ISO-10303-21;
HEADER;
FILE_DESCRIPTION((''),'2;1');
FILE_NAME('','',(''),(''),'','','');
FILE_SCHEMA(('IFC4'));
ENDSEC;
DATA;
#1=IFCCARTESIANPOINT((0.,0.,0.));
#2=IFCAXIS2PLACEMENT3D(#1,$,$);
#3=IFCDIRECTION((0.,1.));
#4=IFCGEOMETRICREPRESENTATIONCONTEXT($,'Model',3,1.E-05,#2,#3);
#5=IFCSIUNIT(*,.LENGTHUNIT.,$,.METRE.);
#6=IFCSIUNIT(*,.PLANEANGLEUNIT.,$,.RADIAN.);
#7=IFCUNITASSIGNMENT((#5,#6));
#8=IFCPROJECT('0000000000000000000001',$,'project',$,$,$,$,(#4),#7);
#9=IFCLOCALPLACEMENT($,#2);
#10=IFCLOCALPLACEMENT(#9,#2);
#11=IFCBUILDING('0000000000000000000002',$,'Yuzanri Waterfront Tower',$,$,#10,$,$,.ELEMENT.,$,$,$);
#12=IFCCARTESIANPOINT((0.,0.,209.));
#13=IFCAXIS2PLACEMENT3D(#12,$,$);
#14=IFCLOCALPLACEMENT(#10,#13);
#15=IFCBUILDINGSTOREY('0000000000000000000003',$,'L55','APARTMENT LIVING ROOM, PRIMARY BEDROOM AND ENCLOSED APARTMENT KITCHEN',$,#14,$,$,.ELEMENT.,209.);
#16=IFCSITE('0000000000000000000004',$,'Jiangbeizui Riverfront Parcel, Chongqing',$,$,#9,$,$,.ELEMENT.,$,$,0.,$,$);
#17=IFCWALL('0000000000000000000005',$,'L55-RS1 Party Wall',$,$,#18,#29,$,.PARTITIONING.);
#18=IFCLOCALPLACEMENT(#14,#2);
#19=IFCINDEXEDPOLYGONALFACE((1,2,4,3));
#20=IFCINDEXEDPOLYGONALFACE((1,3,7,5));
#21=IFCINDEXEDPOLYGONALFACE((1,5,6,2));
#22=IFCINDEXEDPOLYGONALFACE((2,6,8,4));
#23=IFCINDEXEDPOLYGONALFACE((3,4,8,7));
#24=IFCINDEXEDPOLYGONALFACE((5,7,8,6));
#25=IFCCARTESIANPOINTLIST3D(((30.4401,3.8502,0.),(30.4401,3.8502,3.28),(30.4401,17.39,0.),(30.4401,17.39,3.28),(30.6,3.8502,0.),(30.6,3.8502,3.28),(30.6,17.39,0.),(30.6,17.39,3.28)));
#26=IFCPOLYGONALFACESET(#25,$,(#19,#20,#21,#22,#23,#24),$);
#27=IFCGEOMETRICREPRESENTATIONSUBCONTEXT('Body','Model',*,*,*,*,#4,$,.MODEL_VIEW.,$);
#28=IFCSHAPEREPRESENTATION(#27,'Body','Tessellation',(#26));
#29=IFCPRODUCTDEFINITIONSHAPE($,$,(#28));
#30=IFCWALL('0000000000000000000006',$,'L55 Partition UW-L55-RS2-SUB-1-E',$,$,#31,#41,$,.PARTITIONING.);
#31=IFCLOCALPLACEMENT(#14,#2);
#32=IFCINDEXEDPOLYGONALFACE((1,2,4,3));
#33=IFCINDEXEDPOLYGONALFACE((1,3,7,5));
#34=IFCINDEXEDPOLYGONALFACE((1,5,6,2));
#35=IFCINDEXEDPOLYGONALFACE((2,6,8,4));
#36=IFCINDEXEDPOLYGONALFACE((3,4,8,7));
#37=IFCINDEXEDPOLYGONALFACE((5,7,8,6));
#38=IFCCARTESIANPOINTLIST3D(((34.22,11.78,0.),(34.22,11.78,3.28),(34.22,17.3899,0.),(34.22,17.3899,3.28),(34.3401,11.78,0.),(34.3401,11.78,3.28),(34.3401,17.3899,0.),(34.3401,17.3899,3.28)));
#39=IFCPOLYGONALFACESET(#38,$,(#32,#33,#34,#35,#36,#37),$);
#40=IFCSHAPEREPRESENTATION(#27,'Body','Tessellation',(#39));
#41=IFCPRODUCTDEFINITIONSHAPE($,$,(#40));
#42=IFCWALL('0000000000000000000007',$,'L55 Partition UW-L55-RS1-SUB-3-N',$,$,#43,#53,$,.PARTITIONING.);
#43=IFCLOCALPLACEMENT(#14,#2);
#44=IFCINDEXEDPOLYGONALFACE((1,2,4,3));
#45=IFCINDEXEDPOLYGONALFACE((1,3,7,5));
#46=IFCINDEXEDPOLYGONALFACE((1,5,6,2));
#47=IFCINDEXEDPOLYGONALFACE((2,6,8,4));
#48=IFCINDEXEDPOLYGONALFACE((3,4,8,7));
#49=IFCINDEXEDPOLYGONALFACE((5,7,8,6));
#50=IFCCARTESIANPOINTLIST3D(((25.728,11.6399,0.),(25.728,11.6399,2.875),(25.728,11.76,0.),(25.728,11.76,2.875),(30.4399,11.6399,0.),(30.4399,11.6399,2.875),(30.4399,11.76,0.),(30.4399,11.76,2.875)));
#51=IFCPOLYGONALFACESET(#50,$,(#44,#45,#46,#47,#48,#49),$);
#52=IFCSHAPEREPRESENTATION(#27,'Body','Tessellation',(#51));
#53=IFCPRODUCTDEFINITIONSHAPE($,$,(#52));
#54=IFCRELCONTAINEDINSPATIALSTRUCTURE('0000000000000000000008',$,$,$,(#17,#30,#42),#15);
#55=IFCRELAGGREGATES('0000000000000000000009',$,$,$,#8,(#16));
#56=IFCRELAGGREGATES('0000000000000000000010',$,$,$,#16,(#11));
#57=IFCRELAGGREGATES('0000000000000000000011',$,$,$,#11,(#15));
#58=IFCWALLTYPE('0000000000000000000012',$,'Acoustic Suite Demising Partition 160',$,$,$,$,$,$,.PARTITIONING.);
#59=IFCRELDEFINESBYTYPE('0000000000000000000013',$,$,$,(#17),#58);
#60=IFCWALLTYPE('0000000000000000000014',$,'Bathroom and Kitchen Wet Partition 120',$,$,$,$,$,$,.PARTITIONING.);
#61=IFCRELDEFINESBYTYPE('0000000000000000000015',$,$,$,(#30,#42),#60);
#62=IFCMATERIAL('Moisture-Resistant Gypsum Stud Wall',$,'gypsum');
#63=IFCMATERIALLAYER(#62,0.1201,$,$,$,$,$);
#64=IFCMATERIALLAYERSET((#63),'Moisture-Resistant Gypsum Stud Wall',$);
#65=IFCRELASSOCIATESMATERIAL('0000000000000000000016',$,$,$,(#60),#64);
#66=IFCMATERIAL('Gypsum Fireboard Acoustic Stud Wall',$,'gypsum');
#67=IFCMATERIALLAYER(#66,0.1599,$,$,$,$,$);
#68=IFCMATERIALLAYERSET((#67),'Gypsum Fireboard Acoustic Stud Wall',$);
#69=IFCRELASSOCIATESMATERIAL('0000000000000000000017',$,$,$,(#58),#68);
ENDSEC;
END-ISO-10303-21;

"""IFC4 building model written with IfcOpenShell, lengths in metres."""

from ifc_helpers import new_model, si_unit, direction, frame, frame_2d, origin, place, context, subcontext, project, spatial, rectangle, extrude, source, transform, mapped, material, layer, layer_set, type_object, element, save


model = new_model("IFC4")

# Units and contexts
model_context = context("Model", 3, precision=1e-05, world=origin(), true_north=direction((0.0, 1.0)))
body_context = subcontext(model_context, "Body", "Model", "MODEL_VIEW")
ifc_project = project(units=[si_unit("LENGTHUNIT", "METRE"), si_unit("PLANEANGLEUNIT", "RADIAN")], contexts=[model_context])

# Site, building, storey
site_placement = place(None, origin())
site = spatial("IfcSite", under=ifc_project, at=site_placement, Name="Jiangbeizui Riverfront Parcel, Chongqing", CompositionType="ELEMENT", RefElevation=0.0)
building_placement = place(site_placement, origin())
building = spatial("IfcBuilding", under=site, at=building_placement, Name="Yuzanri Waterfront Tower", CompositionType="ELEMENT")
storey_placement = place(building_placement, frame((0.0, 0.0, 209.0)))
storey = spatial("IfcBuildingStorey", under=building, at=storey_placement, Name="L55", Description="APARTMENT LIVING ROOM, PRIMARY BEDROOM AND ENCLOSED APARTMENT KITCHEN", CompositionType="ELEMENT", Elevation=209.0)

# Shared definitions
ifc_material_1 = material(Name="Moisture-Resistant Gypsum Stud Wall", Category="gypsum")
ifc_layer_1 = layer(ifc_material_1, 0.1201)
ifc_layer_set_1 = layer_set([ifc_layer_1], Name="Moisture-Resistant Gypsum Stud Wall")
wall_type_1 = type_object("IfcWallType", Name="Bathroom and Kitchen Wet Partition 120", PredefinedType="PARTITIONING", material=ifc_layer_set_1)

# Walls
ifc_material_2 = material(Name="Gypsum Fireboard Acoustic Stud Wall", Category="gypsum")
ifc_layer_2 = layer(ifc_material_2, 0.1599)
ifc_layer_set_2 = layer_set([ifc_layer_2], Name="Gypsum Fireboard Acoustic Stud Wall")
wall_type_2 = type_object("IfcWallType", Name="Acoustic Suite Demising Partition 160", PredefinedType="PARTITIONING", material=ifc_layer_set_2)
shared_shape_1 = source(origin(), body_context, "Body", "SweptSolid", [
    extrude(rectangle(XDim=13.5398, YDim=0.1599, at=frame_2d((6.77, 0.0))), origin(), (0.0, 0.0, 1.0), 3.28),
])
wall_1_placement = place(storey_placement, frame((30.52, 3.8501, 0.0), z_axis=(0.0, 0.0, 1.0), x_axis=(0.0, 1.0, 0.0)))
element("IfcWall", 1, at=wall_1_placement, inside=storey, type_object=wall_type_2, Name="L55-RS1 Party Wall", PredefinedType="PARTITIONING", context=body_context, shape_type="MappedRepresentation", body=[
    mapped(shared_shape_1, transform((0.0, 0.0, 0.0), scale=1.0)),
])
shared_shape_2 = source(origin(), body_context, "Body", "SweptSolid", [
    extrude(rectangle(XDim=5.6099, YDim=0.1201, at=frame_2d((2.8049, 0.0))), origin(), (0.0, 0.0, 1.0), 3.28),
])
wall_2_placement = place(storey_placement, frame((34.28, 11.78, 0.0), z_axis=(0.0, 0.0, 1.0), x_axis=(0.0, 1.0, 0.0)))
element("IfcWall", 2, at=wall_2_placement, inside=storey, type_object=wall_type_1, Name="L55 Partition UW-L55-RS2-SUB-1-E", PredefinedType="PARTITIONING", context=body_context, shape_type="MappedRepresentation", body=[
    mapped(shared_shape_2, transform((0.0, 0.0, 0.0), scale=1.0)),
])
shared_shape_3 = source(origin(), body_context, "Body", "SweptSolid", [
    extrude(rectangle(XDim=4.7119, YDim=0.1201, at=frame_2d((2.356, 0.0))), origin(), (0.0, 0.0, 1.0), 2.875),
])
wall_3_placement = place(storey_placement, frame((25.728, 11.7, 0.0), z_axis=(0.0, 0.0, 1.0), x_axis=(1.0, 0.0, 0.0)))
element("IfcWall", 3, at=wall_3_placement, inside=storey, type_object=wall_type_1, Name="L55 Partition UW-L55-RS1-SUB-3-N", PredefinedType="PARTITIONING", context=body_context, shape_type="MappedRepresentation", body=[
    mapped(shared_shape_3, transform((0.0, 0.0, 0.0), scale=1.0)),
])

save(model, "model.ifc")
